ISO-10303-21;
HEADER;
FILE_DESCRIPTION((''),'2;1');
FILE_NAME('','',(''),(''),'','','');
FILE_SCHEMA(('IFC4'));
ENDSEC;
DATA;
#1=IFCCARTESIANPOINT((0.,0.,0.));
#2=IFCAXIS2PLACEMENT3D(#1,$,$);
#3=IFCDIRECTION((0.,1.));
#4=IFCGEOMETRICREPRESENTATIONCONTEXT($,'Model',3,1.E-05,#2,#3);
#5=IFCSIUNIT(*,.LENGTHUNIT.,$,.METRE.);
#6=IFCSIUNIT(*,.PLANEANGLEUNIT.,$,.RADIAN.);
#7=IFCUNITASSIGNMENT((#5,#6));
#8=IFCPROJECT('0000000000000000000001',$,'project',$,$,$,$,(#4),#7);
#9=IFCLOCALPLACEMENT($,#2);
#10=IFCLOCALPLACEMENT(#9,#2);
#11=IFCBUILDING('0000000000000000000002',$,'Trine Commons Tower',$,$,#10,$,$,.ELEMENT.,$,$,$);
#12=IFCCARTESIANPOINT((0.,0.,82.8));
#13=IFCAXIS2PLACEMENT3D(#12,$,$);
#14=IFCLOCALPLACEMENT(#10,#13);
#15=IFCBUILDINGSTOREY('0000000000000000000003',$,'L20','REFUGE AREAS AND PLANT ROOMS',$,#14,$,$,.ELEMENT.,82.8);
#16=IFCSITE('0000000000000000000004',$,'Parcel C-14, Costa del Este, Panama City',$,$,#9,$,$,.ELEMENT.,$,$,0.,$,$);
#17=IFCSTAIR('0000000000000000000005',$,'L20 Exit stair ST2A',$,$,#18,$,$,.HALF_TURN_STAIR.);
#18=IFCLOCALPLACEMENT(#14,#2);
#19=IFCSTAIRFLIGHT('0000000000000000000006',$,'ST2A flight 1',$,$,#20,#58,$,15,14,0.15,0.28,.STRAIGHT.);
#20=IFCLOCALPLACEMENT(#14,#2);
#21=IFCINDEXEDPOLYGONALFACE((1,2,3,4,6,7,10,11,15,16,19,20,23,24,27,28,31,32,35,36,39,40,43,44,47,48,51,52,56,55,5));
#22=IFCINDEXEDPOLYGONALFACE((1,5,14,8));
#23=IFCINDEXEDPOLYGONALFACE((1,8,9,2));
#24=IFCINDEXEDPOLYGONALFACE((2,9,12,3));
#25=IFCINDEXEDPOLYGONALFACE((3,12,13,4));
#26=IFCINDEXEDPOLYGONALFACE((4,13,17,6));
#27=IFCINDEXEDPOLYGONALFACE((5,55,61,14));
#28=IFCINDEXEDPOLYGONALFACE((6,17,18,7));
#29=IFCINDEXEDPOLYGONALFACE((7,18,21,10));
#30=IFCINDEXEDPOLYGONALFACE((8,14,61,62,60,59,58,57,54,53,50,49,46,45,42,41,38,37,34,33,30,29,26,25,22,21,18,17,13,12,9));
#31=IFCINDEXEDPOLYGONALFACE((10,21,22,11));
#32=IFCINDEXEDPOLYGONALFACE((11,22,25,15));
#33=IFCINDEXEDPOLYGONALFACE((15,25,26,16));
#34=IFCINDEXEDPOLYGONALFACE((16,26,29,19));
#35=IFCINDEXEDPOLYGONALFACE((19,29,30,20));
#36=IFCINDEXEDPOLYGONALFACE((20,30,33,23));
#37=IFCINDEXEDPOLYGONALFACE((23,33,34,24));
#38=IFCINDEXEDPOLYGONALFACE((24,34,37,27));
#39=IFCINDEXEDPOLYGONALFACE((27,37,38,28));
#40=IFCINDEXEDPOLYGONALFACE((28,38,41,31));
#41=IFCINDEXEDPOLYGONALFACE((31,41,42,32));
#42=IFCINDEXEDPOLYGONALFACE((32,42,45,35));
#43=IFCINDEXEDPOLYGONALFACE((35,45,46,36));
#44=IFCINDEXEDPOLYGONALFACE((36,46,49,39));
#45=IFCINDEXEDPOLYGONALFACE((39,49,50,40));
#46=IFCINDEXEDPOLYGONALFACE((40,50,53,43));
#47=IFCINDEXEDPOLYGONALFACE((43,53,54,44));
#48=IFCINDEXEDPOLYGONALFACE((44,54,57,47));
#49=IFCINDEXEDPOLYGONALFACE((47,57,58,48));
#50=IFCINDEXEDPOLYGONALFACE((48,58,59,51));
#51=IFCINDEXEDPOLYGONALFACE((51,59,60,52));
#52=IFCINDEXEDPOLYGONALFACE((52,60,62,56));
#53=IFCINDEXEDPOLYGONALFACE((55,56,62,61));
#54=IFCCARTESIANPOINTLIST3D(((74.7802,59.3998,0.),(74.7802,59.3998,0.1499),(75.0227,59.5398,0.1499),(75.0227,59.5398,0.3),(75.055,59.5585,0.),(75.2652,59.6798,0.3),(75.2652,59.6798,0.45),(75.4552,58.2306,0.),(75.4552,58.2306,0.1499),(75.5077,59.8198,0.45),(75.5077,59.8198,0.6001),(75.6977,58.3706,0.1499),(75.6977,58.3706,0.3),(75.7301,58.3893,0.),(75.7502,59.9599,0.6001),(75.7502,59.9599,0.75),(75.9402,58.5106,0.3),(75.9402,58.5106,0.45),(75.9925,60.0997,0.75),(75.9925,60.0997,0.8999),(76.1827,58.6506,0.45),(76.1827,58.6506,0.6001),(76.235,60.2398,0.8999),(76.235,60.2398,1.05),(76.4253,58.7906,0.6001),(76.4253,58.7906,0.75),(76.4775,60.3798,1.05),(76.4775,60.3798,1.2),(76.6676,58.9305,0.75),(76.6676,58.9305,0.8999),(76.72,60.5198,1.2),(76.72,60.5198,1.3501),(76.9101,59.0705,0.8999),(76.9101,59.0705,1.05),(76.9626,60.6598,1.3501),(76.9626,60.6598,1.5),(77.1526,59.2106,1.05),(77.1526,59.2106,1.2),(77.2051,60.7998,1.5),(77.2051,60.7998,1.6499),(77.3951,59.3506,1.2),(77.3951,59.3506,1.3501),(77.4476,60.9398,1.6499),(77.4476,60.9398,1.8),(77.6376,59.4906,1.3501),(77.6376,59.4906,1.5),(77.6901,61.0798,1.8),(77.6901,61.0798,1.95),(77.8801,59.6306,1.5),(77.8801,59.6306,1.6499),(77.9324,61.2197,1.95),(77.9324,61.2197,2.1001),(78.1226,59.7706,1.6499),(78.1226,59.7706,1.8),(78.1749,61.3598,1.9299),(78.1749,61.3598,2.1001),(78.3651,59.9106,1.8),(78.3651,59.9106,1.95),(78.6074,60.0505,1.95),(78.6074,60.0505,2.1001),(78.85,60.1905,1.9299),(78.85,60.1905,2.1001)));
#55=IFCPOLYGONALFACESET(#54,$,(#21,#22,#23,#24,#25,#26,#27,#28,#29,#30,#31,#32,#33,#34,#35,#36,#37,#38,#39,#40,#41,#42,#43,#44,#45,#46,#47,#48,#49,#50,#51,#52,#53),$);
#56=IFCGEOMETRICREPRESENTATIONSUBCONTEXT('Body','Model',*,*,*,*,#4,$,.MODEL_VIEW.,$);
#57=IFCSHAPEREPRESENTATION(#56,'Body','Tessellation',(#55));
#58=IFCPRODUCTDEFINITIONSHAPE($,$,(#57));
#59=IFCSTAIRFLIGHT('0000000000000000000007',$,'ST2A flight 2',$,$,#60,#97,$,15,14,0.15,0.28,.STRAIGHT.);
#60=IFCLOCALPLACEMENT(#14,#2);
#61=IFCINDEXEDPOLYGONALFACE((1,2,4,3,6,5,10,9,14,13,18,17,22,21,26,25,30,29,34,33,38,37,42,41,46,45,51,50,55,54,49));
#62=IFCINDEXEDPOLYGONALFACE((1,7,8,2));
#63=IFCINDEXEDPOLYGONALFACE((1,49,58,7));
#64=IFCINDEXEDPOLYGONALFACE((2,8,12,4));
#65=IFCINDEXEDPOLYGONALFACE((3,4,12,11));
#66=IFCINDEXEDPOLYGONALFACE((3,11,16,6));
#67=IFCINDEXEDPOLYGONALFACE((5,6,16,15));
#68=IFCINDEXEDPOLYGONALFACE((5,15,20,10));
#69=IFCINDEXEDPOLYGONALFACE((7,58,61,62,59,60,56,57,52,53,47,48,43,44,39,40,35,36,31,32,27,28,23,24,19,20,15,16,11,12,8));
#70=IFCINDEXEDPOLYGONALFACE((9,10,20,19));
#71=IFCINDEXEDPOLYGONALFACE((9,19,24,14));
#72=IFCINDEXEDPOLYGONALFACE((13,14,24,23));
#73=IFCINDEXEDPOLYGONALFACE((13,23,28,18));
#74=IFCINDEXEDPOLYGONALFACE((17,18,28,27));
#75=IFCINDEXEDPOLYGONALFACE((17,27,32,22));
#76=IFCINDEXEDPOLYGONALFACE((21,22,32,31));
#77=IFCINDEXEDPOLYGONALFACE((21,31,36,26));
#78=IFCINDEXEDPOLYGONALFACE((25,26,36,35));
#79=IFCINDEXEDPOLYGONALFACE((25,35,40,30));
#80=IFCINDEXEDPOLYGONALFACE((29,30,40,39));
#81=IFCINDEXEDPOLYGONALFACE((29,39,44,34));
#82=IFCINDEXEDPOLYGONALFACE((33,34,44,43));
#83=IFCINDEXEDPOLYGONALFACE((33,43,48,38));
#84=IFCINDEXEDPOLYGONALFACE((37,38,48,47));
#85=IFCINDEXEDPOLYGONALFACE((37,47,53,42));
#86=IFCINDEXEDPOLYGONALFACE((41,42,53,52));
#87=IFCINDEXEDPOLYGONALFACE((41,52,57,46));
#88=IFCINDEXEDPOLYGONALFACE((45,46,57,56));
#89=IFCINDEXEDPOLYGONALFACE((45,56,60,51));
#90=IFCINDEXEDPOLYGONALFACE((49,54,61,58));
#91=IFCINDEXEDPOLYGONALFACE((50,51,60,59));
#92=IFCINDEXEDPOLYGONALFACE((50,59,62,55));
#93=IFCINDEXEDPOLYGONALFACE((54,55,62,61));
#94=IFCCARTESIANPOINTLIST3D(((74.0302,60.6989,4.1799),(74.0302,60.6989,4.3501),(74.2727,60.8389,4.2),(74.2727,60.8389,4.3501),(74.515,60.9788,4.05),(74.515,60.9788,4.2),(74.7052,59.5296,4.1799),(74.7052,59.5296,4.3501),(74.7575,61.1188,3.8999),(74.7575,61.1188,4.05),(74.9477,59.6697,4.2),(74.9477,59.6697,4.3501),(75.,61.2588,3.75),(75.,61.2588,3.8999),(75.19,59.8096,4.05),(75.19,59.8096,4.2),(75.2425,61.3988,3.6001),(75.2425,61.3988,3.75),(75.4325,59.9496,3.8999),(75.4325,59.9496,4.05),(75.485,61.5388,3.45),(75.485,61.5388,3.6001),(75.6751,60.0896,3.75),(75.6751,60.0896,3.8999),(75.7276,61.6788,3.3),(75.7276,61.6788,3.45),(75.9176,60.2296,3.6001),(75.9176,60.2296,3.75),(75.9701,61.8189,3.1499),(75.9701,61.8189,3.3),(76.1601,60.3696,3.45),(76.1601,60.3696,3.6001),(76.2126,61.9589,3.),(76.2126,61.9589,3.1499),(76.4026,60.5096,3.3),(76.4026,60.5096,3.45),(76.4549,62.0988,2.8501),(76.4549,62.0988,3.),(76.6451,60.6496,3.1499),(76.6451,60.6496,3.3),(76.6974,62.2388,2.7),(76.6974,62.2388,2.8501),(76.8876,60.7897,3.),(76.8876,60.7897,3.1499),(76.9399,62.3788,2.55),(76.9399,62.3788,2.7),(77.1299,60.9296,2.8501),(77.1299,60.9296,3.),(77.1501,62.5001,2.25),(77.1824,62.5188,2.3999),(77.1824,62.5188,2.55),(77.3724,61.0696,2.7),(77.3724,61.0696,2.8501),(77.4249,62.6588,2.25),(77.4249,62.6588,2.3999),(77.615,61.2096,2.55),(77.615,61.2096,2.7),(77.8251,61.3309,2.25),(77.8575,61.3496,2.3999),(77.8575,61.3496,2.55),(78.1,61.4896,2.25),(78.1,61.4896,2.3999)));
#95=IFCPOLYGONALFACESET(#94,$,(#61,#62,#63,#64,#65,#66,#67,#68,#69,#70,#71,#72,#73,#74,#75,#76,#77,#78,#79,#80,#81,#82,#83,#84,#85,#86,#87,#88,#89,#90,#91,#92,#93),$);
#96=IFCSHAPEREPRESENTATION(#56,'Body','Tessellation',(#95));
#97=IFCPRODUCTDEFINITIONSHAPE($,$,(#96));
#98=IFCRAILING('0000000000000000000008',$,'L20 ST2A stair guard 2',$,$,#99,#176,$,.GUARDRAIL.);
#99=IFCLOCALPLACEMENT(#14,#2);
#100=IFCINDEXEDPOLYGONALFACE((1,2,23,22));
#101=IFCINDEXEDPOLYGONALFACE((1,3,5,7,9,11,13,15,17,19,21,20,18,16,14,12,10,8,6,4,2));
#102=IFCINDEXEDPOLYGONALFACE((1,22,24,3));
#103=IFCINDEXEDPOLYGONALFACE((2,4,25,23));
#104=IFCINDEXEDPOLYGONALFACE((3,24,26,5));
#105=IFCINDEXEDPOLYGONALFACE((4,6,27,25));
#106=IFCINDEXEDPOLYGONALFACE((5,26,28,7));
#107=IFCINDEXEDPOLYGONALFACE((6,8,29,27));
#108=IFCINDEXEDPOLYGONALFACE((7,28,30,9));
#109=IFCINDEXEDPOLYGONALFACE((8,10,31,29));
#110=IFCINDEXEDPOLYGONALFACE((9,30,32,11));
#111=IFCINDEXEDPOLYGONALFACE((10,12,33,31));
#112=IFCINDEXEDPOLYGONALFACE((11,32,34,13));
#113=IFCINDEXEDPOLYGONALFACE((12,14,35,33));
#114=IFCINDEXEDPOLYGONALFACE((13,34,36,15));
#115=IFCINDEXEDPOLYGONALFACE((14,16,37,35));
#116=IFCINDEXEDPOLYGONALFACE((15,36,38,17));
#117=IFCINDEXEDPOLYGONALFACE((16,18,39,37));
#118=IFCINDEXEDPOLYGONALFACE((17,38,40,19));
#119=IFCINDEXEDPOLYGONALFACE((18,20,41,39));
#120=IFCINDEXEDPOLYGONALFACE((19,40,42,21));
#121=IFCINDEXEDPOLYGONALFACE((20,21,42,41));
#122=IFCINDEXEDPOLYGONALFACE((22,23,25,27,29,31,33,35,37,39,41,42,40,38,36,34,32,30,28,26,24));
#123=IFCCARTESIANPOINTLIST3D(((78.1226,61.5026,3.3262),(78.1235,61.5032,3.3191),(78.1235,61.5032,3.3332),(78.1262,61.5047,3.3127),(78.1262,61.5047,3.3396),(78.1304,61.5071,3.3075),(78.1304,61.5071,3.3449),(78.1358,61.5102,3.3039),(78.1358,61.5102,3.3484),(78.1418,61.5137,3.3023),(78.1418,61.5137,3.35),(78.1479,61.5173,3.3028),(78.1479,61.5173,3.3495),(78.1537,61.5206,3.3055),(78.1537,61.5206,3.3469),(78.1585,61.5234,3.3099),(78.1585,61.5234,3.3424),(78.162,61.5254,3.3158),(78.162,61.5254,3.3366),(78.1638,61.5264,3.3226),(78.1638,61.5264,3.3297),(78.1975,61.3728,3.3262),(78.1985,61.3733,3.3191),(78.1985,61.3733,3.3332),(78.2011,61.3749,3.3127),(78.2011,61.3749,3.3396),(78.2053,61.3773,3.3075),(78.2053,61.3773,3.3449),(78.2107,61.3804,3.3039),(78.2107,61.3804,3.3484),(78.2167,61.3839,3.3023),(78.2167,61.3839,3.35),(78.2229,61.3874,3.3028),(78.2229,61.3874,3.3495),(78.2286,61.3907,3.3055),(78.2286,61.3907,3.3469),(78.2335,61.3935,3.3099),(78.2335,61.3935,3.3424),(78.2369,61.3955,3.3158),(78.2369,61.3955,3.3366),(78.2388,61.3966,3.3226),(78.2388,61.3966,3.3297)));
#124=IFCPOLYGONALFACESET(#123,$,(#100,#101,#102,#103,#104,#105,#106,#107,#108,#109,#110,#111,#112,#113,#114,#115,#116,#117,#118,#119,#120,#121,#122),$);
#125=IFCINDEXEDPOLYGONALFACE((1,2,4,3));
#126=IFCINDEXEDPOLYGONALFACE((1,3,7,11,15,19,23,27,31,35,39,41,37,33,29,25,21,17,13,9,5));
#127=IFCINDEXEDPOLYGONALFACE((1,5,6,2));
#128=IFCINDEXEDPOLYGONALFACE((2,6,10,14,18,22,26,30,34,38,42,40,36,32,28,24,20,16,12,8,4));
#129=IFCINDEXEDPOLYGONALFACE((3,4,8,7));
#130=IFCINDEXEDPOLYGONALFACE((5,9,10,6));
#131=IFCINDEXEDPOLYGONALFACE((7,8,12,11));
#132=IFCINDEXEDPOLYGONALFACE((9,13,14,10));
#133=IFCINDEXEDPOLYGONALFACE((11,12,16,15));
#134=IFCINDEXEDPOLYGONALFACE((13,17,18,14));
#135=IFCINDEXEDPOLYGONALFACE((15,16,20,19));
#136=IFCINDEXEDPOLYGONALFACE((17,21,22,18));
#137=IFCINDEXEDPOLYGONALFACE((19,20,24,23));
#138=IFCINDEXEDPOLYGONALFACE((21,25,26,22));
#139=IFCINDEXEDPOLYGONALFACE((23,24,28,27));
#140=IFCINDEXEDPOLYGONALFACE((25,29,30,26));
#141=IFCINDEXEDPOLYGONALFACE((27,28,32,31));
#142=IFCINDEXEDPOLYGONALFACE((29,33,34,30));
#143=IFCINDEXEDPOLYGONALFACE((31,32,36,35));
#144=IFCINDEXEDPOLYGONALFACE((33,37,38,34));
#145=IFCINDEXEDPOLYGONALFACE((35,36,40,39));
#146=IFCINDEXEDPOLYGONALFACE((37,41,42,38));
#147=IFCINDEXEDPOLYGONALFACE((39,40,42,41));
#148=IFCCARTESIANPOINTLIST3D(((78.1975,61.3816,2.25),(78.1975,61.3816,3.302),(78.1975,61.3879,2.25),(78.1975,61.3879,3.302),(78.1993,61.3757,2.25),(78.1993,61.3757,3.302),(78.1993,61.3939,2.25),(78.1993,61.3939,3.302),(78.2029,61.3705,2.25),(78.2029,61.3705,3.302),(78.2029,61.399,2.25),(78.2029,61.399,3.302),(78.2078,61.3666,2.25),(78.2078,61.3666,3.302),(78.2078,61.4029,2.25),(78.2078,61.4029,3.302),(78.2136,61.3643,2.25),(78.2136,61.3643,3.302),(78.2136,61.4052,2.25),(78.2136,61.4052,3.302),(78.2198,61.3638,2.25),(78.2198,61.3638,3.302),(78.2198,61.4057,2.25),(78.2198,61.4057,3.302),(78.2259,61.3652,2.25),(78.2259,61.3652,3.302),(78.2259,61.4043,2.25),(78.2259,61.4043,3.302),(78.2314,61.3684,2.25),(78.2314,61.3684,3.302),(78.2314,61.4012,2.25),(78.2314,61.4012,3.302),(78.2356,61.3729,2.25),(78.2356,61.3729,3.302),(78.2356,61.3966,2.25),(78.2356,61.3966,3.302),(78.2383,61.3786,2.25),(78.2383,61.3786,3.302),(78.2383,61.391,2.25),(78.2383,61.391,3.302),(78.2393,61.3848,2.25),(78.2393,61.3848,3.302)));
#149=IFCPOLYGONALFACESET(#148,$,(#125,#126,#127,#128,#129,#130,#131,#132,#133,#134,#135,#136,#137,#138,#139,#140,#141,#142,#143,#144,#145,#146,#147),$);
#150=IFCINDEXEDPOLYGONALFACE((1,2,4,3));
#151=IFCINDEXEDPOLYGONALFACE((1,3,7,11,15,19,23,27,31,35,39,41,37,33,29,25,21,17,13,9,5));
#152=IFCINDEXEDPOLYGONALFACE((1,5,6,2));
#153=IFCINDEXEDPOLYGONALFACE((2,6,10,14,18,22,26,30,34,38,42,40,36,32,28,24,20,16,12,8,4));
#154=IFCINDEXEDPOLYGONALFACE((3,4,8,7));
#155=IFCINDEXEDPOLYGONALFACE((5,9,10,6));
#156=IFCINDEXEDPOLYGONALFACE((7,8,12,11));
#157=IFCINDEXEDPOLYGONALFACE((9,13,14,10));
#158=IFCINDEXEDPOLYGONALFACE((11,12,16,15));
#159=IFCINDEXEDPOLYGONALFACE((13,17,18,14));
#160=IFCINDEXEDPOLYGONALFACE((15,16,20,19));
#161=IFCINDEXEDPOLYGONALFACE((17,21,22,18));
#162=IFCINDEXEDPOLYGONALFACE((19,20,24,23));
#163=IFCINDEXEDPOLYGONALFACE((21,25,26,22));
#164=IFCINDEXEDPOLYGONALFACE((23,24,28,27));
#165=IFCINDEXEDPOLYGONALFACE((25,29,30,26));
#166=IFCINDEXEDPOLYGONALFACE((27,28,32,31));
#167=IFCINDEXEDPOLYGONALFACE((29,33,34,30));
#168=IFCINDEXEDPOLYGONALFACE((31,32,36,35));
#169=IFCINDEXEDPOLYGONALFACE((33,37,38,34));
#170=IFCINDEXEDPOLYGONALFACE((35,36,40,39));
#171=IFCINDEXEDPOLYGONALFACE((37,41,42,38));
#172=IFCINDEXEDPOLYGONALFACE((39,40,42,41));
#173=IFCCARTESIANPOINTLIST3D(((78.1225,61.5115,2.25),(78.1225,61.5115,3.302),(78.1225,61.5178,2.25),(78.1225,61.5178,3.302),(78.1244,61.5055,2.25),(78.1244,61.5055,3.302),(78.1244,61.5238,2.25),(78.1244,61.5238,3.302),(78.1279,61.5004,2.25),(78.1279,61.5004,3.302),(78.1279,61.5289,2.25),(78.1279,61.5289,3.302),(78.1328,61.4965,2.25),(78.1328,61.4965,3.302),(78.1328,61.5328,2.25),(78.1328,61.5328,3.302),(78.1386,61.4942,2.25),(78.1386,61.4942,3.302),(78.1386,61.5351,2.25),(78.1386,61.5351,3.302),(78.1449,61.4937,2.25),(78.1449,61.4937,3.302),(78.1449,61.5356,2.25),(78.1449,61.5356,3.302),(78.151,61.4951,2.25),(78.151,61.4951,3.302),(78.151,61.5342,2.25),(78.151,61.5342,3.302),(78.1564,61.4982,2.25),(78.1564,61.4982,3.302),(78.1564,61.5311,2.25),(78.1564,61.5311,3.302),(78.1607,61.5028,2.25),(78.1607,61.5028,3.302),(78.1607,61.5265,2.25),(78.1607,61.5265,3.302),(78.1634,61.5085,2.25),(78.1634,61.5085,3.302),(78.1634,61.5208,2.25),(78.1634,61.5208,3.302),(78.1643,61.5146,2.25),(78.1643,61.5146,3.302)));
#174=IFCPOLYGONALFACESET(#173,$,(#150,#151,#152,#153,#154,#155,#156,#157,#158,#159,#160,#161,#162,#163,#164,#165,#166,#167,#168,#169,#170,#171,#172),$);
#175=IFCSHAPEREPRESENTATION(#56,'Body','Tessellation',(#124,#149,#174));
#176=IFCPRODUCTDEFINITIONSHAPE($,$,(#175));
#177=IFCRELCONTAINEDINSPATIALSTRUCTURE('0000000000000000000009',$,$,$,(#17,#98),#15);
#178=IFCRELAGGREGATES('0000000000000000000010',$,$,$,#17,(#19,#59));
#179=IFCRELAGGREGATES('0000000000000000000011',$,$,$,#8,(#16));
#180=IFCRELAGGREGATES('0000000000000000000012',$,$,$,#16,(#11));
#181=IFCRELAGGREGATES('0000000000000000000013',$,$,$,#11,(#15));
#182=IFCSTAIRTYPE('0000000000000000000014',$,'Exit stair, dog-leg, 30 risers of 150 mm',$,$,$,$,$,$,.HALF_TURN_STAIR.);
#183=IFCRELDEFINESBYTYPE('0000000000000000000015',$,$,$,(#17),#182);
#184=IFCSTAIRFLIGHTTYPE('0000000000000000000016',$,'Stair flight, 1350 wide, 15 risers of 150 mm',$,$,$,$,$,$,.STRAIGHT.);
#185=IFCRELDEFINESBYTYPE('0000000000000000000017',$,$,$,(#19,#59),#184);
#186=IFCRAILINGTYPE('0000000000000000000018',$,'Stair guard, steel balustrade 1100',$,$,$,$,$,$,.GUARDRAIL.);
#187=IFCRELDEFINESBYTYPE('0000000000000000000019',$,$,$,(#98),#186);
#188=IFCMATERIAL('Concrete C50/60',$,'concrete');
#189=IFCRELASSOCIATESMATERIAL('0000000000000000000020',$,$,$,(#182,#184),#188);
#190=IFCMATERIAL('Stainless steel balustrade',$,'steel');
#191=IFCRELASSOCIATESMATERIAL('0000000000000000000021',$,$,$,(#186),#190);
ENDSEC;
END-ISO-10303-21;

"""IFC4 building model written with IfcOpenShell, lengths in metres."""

from ifc_helpers import new_model, si_unit, direction, frame, origin, origin_2d, place, context, subcontext, project, spatial, polyline, circle, outline, extrude, material, type_object, element, aggregate, save


model = new_model("IFC4")

# Units and contexts
model_context = context("Model", 3, precision=1e-05, world=origin(), true_north=direction((0.0, 1.0)))
body_context = subcontext(model_context, "Body", "Model", "MODEL_VIEW")
ifc_project = project(units=[si_unit("LENGTHUNIT", "METRE"), si_unit("PLANEANGLEUNIT", "RADIAN")], contexts=[model_context])

# Site, building, storey
site_placement = place(None, origin())
site = spatial("IfcSite", under=ifc_project, at=site_placement, Name="Parcel C-14, Costa del Este, Panama City", CompositionType="ELEMENT", RefElevation=0.0)
building_placement = place(site_placement, origin())
building = spatial("IfcBuilding", under=site, at=building_placement, Name="Trine Commons Tower", CompositionType="ELEMENT")
storey_placement = place(building_placement, frame((0.0, 0.0, 82.8)))
storey = spatial("IfcBuildingStorey", under=building, at=storey_placement, Name="L20", Description="REFUGE AREAS AND PLANT ROOMS", CompositionType="ELEMENT", Elevation=82.8)

# Stair, stair flights
ifc_material_1 = material(Name="Concrete C50/60", Category="concrete")
stair_type = type_object("IfcStairType", Name="Exit stair, dog-leg, 30 risers of 150 mm", PredefinedType="HALF_TURN_STAIR", material=ifc_material_1)
stair_placement = place(storey_placement, origin())
stair = element("IfcStair", 1, at=stair_placement, inside=storey, type_object=stair_type, Name="L20 Exit stair ST2A", PredefinedType="HALF_TURN_STAIR")
stair_flight_type = type_object("IfcStairFlightType", Name="Stair flight, 1350 wide, 15 risers of 150 mm", PredefinedType="STRAIGHT", material=ifc_material_1)
stair_flight_1_placement = place(storey_placement, frame((75.1177, 58.8152, 0.0), z_axis=(0.0, 0.0, 1.0), x_axis=(0.866025, 0.5, 0.0)))
stair_flight_1 = element("IfcStairFlight", 2, at=stair_flight_1_placement, type_object=stair_flight_type, Name="ST2A flight 1", NumberOfRisers=15, NumberOfTreads=14, PredefinedType="STRAIGHT", RiserHeight=0.15, TreadLength=0.28, context=body_context, shape_type="SweptSolid", body=[
    extrude(outline(polyline([(0.0, 0.0), (0.0, 0.1499), (0.28, 0.1499), (0.28, 0.3), (0.5601, 0.3), (0.5601, 0.45), (0.8401, 0.45), (0.8401, 0.6001), (1.1201, 0.6001), (1.1201, 0.75), (1.3999, 0.75), (1.3999, 0.8999), (1.6799, 0.8999), (1.6799, 1.05), (1.96, 1.05), (1.96, 1.2), (2.24, 1.2), (2.24, 1.3501), (2.52, 1.3501), (2.52, 1.5), (2.8, 1.5), (2.8, 1.6499), (3.0801, 1.6499), (3.0801, 1.8), (3.3601, 1.8), (3.3601, 1.95), (3.6399, 1.95), (3.6399, 2.1001), (3.9199, 2.1001), (3.9199, 2.25), (3.9199, 1.9299), (0.3174, 0.0), (0.0, 0.0)])), frame((0.0, 0.675, 0.0), z_axis=(0.0, -1.0, 0.0), x_axis=(1.0, 0.0, 0.0)), (0.0, 0.0, 1.0), 1.3501),
])
stair_flight_2_placement = place(storey_placement, frame((77.7625, 62.0742, 2.25), z_axis=(0.0, 0.0, 1.0), x_axis=(-0.866025, -0.5, 0.0)))
stair_flight_2 = element("IfcStairFlight", 3, at=stair_flight_2_placement, type_object=stair_flight_type, Name="ST2A flight 2", NumberOfRisers=15, NumberOfTreads=14, PredefinedType="STRAIGHT", RiserHeight=0.15, TreadLength=0.28, context=body_context, shape_type="SweptSolid", body=[
    extrude(outline(polyline([(0.0, 0.0), (0.0, 0.1499), (0.28, 0.1499), (0.28, 0.3), (0.5601, 0.3), (0.5601, 0.45), (0.8401, 0.45), (0.8401, 0.6001), (1.1201, 0.6001), (1.1201, 0.75), (1.3999, 0.75), (1.3999, 0.8999), (1.6799, 0.8999), (1.6799, 1.05), (1.96, 1.05), (1.96, 1.2), (2.24, 1.2), (2.24, 1.3501), (2.52, 1.3501), (2.52, 1.5), (2.8, 1.5), (2.8, 1.6499), (3.0801, 1.6499), (3.0801, 1.8), (3.3601, 1.8), (3.3601, 1.95), (3.6399, 1.95), (3.6399, 2.1001), (3.9199, 2.1001), (3.9199, 2.25), (3.9199, 1.9299), (0.3174, 0.0), (0.0, 0.0)])), frame((0.0, 0.675, 0.0), z_axis=(0.0, -1.0, 0.0), x_axis=(1.0, 0.0, 0.0)), (0.0, 0.0, 1.0), 1.3501),
])
aggregate(stair, [stair_flight_1, stair_flight_2])

# Railing
ifc_material_2 = material(Name="Stainless steel balustrade", Category="steel")
railing_type_1 = type_object("IfcRailingType", Name="Stair guard, steel balustrade 1100", PredefinedType="GUARDRAIL", material=ifc_material_2)
railing_1_placement = place(storey_placement, frame((78.2183, 61.3848, 2.25)))
element("IfcRailing", 4, at=railing_1_placement, inside=storey, type_object=railing_type_1, Name="L20 ST2A stair guard 2", PredefinedType="GUARDRAIL", context=body_context, shape_type="SweptSolid", body=[
    extrude(circle(Radius=0.0239, at=origin_2d()), frame((0.0, 0.0, 1.0762), z_axis=(-0.499816, 0.866131, 0.0), x_axis=(-0.866131, -0.499816, 0.0)), (0.0, 0.0, 1.0), 0.1499),
    extrude(circle(Radius=0.021, at=origin_2d()), origin(), (0.0, 0.0, 1.0), 1.052),
    extrude(circle(Radius=0.021, at=origin_2d()), frame((-0.075, 0.1299, 0.0)), (0.0, 0.0, 1.0), 1.052),
])

save(model, "model.ifc")
